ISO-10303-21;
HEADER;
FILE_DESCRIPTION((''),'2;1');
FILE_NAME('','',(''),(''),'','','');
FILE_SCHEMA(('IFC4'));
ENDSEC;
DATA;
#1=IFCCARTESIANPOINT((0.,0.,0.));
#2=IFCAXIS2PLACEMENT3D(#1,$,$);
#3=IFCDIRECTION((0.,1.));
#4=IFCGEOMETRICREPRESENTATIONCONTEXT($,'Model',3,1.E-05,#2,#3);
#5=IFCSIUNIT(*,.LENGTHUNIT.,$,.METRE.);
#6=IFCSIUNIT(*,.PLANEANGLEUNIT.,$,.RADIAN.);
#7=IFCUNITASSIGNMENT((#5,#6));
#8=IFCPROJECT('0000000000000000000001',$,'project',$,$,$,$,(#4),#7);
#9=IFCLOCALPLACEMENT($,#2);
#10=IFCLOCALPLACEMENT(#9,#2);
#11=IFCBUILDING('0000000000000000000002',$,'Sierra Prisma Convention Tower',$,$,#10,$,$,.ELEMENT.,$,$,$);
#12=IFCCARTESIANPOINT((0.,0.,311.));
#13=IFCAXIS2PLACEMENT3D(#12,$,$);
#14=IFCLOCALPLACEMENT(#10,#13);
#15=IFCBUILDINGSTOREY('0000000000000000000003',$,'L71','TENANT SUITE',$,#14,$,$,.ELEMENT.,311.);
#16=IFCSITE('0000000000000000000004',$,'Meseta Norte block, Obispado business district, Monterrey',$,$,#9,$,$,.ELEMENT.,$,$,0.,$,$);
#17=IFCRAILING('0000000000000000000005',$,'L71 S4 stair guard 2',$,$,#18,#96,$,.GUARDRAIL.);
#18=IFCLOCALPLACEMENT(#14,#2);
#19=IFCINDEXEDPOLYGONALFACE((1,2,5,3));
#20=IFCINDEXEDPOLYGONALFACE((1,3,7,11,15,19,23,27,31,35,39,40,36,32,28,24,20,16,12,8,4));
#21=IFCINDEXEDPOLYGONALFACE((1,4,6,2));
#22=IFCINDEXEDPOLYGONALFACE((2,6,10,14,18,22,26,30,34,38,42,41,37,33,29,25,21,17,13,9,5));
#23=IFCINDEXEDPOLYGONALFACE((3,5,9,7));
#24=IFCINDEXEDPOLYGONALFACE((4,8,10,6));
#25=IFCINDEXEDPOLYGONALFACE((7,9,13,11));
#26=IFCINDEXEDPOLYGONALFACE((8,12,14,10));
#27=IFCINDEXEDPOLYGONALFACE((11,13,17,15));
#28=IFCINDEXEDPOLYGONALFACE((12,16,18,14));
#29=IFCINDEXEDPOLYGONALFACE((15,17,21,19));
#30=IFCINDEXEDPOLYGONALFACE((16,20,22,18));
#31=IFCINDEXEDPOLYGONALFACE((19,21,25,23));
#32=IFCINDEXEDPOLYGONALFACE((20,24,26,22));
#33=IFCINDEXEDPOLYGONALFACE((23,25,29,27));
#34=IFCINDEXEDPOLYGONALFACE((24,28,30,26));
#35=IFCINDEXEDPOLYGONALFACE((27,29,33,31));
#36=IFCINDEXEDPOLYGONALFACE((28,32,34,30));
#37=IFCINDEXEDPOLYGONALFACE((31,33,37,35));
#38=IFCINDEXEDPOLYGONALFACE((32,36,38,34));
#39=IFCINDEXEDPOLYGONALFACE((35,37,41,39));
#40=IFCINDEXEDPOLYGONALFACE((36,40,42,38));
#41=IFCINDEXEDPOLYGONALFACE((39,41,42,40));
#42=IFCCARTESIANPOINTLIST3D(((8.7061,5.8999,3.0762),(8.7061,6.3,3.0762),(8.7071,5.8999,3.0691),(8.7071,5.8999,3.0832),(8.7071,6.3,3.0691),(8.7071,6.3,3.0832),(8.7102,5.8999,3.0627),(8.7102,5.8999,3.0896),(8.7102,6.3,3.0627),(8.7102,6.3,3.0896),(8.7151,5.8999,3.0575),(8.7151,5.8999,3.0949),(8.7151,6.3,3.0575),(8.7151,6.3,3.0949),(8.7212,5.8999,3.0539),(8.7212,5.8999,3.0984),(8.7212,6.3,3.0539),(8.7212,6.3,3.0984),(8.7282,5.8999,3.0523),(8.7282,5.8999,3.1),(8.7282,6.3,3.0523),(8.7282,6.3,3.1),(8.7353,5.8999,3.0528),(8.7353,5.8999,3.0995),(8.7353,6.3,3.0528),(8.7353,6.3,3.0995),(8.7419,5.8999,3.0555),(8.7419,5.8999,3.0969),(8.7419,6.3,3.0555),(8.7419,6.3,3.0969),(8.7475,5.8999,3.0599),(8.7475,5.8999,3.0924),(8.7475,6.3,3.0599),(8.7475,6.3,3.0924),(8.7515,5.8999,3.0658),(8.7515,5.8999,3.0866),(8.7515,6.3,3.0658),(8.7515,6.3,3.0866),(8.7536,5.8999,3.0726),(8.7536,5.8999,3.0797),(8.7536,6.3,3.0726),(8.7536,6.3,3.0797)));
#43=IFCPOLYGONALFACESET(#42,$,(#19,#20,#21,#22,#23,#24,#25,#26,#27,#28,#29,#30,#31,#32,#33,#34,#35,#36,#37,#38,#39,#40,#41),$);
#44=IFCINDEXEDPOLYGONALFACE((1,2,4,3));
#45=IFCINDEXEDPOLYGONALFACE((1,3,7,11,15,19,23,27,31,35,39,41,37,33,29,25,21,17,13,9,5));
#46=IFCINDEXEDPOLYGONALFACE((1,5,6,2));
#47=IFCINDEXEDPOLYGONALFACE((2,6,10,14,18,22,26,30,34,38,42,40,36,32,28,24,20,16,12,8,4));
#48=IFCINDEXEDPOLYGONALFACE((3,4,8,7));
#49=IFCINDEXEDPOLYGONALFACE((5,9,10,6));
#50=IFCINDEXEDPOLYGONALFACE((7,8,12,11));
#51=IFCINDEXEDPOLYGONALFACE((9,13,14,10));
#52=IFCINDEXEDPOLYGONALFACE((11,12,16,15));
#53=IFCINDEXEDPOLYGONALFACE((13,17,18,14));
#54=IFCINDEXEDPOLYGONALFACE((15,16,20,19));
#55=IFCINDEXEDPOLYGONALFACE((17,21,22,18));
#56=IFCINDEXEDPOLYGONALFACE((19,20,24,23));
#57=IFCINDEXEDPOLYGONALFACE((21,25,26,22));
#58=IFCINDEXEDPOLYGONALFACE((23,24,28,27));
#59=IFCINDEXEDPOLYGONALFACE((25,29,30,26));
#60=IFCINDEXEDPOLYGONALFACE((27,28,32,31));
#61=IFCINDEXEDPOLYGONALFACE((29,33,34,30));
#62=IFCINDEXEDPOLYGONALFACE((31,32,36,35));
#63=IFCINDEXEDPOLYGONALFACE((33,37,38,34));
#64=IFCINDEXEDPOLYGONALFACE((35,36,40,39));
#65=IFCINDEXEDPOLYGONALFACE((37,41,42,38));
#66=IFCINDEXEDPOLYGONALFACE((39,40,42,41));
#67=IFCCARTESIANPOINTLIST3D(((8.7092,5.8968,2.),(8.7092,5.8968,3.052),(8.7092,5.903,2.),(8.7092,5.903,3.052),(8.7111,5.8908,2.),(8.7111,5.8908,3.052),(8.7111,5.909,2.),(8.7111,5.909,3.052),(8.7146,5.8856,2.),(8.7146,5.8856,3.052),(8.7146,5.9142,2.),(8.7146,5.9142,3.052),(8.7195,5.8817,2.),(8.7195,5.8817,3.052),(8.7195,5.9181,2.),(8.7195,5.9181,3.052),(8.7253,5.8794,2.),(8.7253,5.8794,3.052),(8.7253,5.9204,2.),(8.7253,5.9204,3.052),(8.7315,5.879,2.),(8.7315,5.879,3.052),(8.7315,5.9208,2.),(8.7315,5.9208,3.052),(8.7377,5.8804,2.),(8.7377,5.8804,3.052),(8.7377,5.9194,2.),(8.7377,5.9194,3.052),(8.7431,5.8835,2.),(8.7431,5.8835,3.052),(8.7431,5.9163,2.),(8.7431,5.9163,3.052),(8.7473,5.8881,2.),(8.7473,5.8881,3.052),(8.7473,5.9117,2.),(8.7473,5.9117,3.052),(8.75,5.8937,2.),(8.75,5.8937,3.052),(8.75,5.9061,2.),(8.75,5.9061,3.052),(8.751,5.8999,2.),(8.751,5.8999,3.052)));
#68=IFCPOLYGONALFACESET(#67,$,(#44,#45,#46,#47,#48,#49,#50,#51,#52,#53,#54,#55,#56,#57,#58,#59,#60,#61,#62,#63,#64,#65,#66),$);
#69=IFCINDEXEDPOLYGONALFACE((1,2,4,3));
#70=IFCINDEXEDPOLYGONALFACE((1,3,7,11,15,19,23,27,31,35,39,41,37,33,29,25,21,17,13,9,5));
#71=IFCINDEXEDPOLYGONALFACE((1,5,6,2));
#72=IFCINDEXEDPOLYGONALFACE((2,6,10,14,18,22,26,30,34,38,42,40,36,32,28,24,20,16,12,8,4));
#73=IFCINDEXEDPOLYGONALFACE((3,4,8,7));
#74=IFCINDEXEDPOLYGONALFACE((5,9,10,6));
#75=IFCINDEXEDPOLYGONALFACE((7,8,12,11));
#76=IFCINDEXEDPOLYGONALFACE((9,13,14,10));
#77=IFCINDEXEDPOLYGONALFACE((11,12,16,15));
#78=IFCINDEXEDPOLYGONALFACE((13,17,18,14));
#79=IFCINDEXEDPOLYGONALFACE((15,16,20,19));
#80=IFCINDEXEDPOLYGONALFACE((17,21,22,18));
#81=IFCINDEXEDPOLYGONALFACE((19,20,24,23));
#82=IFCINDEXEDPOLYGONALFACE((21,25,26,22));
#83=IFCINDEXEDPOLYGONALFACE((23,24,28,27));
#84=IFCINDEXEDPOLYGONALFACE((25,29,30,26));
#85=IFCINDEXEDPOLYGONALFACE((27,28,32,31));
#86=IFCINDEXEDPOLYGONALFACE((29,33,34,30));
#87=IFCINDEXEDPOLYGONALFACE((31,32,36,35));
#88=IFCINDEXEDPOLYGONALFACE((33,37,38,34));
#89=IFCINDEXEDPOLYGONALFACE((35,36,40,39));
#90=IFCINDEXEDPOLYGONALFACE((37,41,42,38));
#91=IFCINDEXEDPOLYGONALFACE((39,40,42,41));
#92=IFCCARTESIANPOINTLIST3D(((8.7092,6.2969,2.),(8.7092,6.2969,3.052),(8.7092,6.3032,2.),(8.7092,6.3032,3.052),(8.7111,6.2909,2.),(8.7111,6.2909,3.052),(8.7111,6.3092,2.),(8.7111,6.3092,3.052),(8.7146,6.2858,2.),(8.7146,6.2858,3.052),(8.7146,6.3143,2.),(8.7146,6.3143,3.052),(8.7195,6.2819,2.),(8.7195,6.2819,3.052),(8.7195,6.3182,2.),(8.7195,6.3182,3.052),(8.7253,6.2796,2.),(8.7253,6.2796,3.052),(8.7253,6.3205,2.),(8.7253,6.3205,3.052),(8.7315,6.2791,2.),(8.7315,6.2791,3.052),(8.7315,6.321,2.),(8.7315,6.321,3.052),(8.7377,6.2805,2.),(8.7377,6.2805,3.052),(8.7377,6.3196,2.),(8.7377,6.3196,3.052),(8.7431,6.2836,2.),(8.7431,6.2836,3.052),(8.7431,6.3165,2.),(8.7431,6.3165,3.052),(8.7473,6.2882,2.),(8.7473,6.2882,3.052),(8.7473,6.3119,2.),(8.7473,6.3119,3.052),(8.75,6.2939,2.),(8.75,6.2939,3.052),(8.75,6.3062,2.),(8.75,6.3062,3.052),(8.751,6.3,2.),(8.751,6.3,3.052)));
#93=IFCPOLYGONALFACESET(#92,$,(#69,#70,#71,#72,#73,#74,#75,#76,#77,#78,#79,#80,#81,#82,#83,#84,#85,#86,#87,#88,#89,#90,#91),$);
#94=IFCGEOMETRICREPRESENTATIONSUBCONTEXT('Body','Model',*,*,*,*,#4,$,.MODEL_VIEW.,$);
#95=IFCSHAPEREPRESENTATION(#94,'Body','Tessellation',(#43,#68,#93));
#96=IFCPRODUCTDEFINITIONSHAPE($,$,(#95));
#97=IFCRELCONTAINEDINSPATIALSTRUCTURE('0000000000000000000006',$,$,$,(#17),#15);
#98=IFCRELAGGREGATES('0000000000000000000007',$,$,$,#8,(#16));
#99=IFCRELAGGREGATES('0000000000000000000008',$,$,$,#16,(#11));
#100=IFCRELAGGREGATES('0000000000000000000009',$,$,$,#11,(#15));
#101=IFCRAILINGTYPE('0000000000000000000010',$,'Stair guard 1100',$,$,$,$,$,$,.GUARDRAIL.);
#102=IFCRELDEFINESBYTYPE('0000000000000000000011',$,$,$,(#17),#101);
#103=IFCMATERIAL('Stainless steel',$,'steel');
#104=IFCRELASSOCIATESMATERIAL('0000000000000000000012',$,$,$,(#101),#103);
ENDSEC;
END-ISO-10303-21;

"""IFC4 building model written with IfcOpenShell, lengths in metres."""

from ifc_helpers import new_model, si_unit, direction, frame, origin, origin_2d, place, context, subcontext, project, spatial, circle, extrude, material, type_object, element, save


model = new_model("IFC4")

# Units and contexts
model_context = context("Model", 3, precision=1e-05, world=origin(), true_north=direction((0.0, 1.0)))
body_context = subcontext(model_context, "Body", "Model", "MODEL_VIEW")
ifc_project = project(units=[si_unit("LENGTHUNIT", "METRE"), si_unit("PLANEANGLEUNIT", "RADIAN")], contexts=[model_context])

# Site, building, storey
site_placement = place(None, origin())
site = spatial("IfcSite", under=ifc_project, at=site_placement, Name="Meseta Norte block, Obispado business district, Monterrey", CompositionType="ELEMENT", RefElevation=0.0)
building_placement = place(site_placement, origin())
building = spatial("IfcBuilding", under=site, at=building_placement, Name="Sierra Prisma Convention Tower", CompositionType="ELEMENT")
storey_placement = place(building_placement, frame((0.0, 0.0, 311.0)))
storey = spatial("IfcBuildingStorey", under=building, at=storey_placement, Name="L71", Description="TENANT SUITE", CompositionType="ELEMENT", Elevation=311.0)

# Railing
ifc_material_1 = material(Name="Stainless steel", Category="steel")
railing_type_1 = type_object("IfcRailingType", Name="Stair guard 1100", PredefinedType="GUARDRAIL", material=ifc_material_1)
railing_1_placement = place(storey_placement, frame((8.73, 5.8999, 2.0)))
element("IfcRailing", 1, at=railing_1_placement, inside=storey, type_object=railing_type_1, Name="L71 S4 stair guard 2", PredefinedType="GUARDRAIL", context=body_context, shape_type="SweptSolid", body=[
    extrude(circle(Radius=0.0239, at=origin_2d()), frame((0.0, 0.0, 1.0762), z_axis=(0.0, 1.0, 0.0), x_axis=(-1.0, 0.0, 0.0)), (0.0, 0.0, 1.0), 0.4001),
    extrude(circle(Radius=0.021, at=origin_2d()), origin(), (0.0, 0.0, 1.0), 1.052),
    extrude(circle(Radius=0.021, at=origin_2d()), frame((0.0, 0.4001, 0.0)), (0.0, 0.0, 1.0), 1.052),
])

save(model, "model.ifc")
